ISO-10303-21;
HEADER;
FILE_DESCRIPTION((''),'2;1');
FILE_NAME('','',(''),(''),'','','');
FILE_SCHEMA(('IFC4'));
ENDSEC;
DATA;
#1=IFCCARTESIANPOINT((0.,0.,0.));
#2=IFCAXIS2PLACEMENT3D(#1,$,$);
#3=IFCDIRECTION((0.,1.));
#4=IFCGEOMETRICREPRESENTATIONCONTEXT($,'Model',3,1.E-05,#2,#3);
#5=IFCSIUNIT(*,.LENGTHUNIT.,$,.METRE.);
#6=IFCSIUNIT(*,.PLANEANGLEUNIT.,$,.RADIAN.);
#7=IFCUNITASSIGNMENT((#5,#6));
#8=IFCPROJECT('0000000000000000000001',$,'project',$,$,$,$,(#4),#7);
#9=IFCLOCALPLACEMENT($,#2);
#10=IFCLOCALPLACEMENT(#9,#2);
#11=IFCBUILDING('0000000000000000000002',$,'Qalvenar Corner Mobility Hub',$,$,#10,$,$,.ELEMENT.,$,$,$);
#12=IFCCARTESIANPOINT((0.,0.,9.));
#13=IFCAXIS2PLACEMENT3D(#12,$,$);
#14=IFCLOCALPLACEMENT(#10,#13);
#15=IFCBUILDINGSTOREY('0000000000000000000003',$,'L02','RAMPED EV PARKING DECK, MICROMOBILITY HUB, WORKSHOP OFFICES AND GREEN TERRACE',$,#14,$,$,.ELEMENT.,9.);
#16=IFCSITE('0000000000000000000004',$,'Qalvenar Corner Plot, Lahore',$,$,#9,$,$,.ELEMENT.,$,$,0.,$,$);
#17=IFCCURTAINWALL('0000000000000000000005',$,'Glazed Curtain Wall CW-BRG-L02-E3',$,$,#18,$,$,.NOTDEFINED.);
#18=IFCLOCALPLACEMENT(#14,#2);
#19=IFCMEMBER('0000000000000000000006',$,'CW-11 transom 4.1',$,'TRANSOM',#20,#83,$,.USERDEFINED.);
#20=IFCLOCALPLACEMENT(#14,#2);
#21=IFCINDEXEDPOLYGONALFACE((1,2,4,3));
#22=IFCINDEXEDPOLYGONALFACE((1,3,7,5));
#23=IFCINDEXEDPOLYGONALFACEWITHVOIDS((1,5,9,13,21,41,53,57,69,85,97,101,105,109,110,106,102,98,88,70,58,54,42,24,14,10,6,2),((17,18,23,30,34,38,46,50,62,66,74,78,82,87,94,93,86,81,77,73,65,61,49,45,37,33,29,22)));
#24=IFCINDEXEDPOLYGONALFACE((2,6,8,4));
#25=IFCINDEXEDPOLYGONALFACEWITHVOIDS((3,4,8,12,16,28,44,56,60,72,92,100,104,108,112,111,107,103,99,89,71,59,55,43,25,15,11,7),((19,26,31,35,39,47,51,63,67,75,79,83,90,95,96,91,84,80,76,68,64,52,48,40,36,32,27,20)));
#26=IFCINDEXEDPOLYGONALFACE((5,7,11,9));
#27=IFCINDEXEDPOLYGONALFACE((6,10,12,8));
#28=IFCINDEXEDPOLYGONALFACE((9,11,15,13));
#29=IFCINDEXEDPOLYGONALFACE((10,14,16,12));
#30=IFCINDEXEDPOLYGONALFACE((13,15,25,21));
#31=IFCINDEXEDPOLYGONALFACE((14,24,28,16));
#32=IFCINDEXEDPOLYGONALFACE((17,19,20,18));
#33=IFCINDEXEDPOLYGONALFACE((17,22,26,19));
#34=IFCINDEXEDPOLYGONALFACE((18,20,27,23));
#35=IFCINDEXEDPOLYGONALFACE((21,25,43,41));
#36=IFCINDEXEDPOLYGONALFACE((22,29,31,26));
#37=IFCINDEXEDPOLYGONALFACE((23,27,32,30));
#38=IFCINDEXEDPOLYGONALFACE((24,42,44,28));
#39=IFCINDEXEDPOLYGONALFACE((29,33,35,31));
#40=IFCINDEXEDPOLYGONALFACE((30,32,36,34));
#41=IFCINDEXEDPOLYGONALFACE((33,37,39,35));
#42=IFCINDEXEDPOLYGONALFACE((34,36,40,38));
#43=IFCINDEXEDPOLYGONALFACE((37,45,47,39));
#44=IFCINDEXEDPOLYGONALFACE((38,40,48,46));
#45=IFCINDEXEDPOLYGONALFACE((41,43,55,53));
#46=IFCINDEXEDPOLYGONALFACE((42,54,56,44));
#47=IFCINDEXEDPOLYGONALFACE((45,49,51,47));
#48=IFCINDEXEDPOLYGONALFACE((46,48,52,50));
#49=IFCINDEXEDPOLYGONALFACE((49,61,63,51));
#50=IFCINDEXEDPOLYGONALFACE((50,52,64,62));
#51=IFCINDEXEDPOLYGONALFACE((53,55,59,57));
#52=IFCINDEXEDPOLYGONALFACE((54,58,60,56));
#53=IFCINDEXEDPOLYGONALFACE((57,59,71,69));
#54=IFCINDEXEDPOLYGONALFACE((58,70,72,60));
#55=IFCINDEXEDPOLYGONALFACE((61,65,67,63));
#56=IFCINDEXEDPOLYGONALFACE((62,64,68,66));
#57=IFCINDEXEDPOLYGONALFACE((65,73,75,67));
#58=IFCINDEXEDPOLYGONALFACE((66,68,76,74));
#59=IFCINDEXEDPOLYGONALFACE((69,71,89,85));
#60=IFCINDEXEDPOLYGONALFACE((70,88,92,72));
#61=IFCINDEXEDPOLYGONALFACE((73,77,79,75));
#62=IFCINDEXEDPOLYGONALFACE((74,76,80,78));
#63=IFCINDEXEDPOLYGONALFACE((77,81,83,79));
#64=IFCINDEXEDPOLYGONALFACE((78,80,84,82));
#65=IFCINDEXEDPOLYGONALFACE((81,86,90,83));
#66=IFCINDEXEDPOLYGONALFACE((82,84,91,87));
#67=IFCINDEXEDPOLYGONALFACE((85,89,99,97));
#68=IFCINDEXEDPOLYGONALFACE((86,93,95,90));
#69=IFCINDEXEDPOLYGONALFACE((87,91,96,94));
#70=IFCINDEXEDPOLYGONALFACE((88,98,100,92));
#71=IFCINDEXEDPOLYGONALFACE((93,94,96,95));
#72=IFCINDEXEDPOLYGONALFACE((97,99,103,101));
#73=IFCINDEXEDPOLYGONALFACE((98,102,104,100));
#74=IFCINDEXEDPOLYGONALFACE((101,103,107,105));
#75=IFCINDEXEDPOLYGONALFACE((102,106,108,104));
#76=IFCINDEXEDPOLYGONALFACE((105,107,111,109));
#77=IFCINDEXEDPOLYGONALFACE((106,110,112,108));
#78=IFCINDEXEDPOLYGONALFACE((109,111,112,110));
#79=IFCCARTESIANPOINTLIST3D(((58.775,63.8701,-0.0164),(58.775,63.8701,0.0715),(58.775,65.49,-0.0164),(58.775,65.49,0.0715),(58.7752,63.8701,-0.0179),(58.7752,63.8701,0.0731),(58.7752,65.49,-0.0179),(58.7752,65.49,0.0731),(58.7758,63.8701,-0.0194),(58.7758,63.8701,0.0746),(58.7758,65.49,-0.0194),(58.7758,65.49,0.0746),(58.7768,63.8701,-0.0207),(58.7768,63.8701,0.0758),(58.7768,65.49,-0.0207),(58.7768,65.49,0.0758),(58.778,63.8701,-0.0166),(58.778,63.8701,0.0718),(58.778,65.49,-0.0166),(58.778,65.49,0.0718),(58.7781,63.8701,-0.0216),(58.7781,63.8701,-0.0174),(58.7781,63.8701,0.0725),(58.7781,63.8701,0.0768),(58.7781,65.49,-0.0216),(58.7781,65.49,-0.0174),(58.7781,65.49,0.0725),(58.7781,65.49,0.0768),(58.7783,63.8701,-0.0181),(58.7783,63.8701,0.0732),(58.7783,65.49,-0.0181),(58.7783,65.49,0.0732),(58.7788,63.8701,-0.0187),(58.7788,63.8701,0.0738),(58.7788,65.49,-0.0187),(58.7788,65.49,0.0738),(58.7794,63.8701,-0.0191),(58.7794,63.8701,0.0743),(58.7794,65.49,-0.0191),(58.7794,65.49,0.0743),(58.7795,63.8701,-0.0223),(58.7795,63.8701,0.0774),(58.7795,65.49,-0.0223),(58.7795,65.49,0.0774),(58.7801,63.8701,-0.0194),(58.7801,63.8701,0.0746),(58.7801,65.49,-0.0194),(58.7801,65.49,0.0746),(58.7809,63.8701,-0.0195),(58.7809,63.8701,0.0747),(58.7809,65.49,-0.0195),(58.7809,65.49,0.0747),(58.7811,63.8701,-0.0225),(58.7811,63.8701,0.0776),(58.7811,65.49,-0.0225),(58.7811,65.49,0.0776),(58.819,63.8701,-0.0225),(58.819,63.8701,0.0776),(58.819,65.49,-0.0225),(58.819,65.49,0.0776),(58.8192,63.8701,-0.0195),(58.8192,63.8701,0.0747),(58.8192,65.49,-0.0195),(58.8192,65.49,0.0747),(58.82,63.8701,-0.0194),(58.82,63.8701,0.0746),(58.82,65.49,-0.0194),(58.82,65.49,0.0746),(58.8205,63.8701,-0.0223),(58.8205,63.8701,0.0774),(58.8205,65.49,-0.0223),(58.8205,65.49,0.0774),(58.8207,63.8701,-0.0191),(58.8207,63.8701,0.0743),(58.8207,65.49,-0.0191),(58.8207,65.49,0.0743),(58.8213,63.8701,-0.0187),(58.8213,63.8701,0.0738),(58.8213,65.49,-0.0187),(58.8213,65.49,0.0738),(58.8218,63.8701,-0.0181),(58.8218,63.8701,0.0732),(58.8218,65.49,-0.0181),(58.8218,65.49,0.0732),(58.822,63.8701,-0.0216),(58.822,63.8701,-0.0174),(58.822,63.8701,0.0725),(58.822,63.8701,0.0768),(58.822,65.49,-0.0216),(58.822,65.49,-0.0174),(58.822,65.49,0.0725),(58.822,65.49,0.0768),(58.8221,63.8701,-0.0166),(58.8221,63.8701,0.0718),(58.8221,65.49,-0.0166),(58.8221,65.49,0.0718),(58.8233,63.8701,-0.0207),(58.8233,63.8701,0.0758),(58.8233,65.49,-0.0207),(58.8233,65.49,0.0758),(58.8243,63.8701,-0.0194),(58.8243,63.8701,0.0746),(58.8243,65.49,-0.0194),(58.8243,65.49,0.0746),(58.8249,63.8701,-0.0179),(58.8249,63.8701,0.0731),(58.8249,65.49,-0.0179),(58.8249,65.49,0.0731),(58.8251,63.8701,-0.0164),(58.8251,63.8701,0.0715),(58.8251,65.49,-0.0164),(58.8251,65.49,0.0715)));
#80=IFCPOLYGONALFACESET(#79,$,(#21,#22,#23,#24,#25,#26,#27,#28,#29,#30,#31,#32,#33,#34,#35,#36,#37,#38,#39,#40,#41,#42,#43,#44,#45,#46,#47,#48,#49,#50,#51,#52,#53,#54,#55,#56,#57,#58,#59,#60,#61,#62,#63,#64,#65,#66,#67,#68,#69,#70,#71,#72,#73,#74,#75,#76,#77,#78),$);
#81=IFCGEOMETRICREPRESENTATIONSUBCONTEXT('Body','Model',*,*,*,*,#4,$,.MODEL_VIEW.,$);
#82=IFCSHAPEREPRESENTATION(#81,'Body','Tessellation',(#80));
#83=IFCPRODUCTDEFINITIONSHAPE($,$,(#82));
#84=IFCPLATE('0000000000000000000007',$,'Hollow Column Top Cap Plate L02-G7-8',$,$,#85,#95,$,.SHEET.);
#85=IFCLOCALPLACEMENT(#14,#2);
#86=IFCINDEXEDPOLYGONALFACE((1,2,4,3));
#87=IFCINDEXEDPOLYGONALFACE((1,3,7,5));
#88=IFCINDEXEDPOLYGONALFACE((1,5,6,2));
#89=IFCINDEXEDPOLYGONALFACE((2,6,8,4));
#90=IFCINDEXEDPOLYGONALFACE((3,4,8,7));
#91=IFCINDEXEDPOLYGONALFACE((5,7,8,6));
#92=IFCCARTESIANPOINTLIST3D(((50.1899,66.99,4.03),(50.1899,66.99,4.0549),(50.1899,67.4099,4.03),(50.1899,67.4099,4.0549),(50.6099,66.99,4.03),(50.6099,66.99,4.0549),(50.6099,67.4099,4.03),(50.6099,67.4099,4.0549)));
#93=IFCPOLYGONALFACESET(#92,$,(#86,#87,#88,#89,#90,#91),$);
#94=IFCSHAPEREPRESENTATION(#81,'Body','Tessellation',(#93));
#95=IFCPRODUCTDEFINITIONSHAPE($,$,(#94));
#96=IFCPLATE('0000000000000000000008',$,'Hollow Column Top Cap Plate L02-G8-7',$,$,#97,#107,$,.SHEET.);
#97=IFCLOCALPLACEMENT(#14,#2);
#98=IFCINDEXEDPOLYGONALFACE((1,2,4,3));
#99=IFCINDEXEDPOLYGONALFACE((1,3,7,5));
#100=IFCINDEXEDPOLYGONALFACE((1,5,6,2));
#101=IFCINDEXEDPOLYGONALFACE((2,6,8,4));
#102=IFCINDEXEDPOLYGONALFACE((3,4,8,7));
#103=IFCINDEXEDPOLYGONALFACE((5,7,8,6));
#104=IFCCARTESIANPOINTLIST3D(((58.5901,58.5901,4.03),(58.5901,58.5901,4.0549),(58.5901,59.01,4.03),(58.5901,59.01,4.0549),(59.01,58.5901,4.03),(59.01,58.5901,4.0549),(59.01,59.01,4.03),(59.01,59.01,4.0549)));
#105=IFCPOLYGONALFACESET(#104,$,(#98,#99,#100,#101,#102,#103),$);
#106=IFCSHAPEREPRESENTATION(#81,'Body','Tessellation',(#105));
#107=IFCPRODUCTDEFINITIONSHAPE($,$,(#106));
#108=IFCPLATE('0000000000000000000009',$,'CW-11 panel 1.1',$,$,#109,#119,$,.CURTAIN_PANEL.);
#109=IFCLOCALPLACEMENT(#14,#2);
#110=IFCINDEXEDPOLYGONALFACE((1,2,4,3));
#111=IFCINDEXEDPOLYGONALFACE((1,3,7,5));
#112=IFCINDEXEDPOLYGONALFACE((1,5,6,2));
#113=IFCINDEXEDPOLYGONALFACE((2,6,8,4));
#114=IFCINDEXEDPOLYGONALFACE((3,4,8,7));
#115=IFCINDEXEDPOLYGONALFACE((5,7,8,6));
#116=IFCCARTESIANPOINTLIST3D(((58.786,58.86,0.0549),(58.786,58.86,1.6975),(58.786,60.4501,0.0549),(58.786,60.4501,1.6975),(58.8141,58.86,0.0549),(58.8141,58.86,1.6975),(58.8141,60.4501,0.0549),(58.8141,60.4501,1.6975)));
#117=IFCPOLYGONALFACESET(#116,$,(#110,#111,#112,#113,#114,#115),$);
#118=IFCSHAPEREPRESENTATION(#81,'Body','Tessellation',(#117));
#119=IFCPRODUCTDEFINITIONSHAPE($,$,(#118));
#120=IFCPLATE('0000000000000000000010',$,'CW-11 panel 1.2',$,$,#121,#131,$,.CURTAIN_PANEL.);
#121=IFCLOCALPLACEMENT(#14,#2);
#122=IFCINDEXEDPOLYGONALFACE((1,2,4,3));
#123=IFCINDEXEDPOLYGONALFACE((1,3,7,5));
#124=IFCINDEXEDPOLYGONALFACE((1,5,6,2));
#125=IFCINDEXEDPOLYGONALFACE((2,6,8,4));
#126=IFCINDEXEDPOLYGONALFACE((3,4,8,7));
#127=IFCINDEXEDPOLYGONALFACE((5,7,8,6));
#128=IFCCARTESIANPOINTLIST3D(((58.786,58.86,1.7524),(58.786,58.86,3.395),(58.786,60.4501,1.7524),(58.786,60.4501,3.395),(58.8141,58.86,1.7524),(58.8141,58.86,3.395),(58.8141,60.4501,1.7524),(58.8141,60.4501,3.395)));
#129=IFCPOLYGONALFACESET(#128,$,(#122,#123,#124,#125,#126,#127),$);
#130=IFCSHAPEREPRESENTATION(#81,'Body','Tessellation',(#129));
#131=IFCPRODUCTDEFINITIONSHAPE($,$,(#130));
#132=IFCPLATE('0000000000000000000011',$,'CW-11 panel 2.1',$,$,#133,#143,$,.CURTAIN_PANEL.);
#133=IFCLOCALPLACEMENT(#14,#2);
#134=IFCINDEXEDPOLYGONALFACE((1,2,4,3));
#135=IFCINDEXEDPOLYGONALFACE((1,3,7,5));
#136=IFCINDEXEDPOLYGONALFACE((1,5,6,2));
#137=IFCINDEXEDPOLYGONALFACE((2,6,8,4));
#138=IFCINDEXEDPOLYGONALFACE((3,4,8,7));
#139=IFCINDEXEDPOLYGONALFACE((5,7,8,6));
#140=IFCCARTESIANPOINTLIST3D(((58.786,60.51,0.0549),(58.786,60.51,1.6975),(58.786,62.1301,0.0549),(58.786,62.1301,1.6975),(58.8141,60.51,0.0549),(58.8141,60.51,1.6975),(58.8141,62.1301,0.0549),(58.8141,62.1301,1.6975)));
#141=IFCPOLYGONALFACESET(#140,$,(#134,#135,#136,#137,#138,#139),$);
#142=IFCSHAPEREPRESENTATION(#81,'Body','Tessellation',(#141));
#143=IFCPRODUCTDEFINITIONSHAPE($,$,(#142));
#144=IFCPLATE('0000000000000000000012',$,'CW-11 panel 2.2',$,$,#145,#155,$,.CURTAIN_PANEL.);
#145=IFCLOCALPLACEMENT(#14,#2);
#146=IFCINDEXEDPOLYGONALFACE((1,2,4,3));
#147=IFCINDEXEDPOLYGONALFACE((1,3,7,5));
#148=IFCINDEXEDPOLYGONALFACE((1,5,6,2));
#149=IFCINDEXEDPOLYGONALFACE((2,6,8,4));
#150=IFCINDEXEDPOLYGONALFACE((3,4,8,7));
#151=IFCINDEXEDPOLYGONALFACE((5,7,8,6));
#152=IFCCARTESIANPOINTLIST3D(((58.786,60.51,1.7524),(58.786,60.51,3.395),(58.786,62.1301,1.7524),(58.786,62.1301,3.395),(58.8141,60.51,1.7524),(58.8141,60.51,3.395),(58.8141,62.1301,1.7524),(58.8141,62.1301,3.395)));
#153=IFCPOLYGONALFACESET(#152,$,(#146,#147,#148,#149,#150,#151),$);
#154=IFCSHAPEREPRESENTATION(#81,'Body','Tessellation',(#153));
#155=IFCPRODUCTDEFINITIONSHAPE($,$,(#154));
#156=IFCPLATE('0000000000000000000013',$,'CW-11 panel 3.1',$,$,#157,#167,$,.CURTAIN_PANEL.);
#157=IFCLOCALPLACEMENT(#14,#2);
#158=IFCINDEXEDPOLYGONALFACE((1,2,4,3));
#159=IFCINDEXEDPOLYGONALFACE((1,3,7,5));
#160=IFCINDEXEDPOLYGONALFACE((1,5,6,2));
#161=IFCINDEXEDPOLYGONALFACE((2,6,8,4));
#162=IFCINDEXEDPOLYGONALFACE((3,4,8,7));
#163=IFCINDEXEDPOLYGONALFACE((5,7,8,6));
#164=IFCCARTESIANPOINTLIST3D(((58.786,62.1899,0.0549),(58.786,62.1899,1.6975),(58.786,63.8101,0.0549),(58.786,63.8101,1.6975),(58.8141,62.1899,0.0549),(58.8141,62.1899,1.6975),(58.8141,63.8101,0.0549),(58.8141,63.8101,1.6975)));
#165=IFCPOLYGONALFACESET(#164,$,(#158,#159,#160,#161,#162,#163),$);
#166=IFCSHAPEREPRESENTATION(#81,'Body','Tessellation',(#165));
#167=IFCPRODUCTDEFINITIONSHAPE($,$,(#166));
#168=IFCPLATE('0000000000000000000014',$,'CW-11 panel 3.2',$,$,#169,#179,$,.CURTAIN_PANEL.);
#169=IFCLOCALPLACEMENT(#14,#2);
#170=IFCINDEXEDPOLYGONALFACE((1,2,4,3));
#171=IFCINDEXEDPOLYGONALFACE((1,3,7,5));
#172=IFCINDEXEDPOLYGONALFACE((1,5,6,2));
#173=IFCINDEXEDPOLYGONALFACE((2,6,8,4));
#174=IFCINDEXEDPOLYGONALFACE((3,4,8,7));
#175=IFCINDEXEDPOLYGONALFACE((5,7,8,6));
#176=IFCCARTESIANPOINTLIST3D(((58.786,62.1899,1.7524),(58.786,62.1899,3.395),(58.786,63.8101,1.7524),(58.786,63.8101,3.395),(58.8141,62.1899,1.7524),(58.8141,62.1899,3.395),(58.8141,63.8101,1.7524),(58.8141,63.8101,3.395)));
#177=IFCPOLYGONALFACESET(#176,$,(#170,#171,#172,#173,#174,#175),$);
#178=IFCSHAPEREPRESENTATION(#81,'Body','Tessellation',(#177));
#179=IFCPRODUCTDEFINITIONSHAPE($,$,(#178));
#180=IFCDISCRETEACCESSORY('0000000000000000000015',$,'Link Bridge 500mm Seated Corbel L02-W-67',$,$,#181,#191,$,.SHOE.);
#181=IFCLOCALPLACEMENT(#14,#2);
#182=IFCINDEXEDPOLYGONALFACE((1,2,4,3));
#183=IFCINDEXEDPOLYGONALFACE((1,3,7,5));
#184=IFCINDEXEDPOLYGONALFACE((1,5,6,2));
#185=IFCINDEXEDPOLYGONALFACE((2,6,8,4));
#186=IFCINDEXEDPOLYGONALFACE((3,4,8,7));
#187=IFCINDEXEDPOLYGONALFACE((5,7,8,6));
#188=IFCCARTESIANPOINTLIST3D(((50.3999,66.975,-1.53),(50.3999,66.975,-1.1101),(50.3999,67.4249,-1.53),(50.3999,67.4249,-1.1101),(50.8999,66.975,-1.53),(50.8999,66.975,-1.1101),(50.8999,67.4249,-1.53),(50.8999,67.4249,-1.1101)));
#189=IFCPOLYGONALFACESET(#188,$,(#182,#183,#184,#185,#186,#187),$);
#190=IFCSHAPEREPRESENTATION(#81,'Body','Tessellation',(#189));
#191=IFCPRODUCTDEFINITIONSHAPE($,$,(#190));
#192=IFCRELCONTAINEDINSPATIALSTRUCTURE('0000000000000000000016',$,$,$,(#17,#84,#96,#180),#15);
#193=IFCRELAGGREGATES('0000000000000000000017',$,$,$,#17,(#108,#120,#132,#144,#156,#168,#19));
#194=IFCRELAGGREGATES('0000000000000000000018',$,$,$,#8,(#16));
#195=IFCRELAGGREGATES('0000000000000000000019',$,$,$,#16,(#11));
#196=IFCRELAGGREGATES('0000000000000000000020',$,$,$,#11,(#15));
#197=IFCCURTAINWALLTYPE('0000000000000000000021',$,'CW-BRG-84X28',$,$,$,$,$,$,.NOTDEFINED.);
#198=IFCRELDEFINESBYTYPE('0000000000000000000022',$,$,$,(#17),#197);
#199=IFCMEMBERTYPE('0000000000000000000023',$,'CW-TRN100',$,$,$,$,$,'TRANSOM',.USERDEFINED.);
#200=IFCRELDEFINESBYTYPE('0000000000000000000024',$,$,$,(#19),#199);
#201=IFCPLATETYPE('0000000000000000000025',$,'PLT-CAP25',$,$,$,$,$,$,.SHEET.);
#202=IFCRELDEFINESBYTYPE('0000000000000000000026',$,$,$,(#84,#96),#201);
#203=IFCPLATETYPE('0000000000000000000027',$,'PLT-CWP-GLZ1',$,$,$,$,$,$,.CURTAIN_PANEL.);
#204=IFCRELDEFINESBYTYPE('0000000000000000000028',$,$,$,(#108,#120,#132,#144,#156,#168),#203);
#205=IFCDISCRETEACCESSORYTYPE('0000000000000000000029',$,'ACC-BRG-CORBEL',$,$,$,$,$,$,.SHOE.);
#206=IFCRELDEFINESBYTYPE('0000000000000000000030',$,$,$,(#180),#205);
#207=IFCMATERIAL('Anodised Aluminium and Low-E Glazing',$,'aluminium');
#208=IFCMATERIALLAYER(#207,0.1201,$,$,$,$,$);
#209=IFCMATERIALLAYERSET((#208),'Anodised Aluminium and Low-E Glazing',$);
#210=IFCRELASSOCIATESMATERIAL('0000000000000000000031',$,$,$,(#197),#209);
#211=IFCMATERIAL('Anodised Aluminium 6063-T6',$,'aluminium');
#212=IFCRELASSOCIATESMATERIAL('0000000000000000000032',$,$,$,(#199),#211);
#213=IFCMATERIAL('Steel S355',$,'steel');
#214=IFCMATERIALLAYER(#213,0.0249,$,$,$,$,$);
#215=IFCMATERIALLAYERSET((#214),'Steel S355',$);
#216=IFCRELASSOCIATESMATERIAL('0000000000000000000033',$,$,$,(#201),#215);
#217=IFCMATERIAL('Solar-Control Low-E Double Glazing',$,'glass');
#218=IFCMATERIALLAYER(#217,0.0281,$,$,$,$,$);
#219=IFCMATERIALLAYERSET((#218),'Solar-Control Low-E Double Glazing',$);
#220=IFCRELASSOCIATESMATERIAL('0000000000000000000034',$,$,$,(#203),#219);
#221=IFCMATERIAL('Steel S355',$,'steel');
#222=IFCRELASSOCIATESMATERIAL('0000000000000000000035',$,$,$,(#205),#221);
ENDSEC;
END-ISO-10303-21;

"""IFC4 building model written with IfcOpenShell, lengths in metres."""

from ifc_helpers import new_model, si_unit, direction, frame, origin, origin_2d, place, context, subcontext, project, spatial, rectangle, hollow_rectangle, extrude, material, layer, layer_set, material_profile, profile_set, type_object, element, aggregate, save


model = new_model("IFC4")

# Units and contexts
model_context = context("Model", 3, precision=1e-05, world=origin(), true_north=direction((0.0, 1.0)))
body_context = subcontext(model_context, "Body", "Model", "MODEL_VIEW")
ifc_project = project(units=[si_unit("LENGTHUNIT", "METRE"), si_unit("PLANEANGLEUNIT", "RADIAN")], contexts=[model_context])

# Site, building, storey
site_placement = place(None, origin())
site = spatial("IfcSite", under=ifc_project, at=site_placement, Name="Qalvenar Corner Plot, Lahore", CompositionType="ELEMENT", RefElevation=0.0)
building_placement = place(site_placement, origin())
building = spatial("IfcBuilding", under=site, at=building_placement, Name="Qalvenar Corner Mobility Hub", CompositionType="ELEMENT")
storey_placement = place(building_placement, frame((0.0, 0.0, 9.0)))
storey = spatial("IfcBuildingStorey", under=building, at=storey_placement, Name="L02", Description="RAMPED EV PARKING DECK, MICROMOBILITY HUB, WORKSHOP OFFICES AND GREEN TERRACE", CompositionType="ELEMENT", Elevation=9.0)

# Shared definitions
ifc_material_1 = material(Name="Steel S355", Category="steel")

# Curtain wall, member
ifc_material_2 = material(Name="Anodised Aluminium and Low-E Glazing", Category="aluminium")
ifc_layer_1 = layer(ifc_material_2, 0.1201)
ifc_layer_set_1 = layer_set([ifc_layer_1], Name="Anodised Aluminium and Low-E Glazing")
curtain_wall_type = type_object("IfcCurtainWallType", Name="CW-BRG-84X28", PredefinedType="NOTDEFINED", material=ifc_layer_set_1)
curtain_wall_placement = place(storey_placement, origin())
curtain_wall = element("IfcCurtainWall", 1, at=curtain_wall_placement, inside=storey, type_object=curtain_wall_type, Name="Glazed Curtain Wall CW-BRG-L02-E3", PredefinedType="NOTDEFINED")
ifc_material_3 = material(Name="Anodised Aluminium 6063-T6", Category="aluminium")
ifc_material_profile_1 = material_profile(ifc_material_3, hollow_rectangle(XDim=0.05, YDim=0.1001, WallThickness=0.0029, InnerFilletRadius=0.0029, OuterFilletRadius=0.0061, at=origin_2d()), Name="RHS100x50x3")
ifc_profile_set_1 = profile_set([ifc_material_profile_1], Name="Anodised Aluminium 6063-T6")
member_type_1 = type_object("IfcMemberType", Name="CW-TRN100", ElementType="TRANSOM", PredefinedType="USERDEFINED", material=ifc_profile_set_1)
member_1_placement = place(storey_placement, frame((58.8, 63.8701, 0.0276), z_axis=(0.0, 1.0, 0.0), x_axis=(-1.0, 0.0, 0.0)))
member_1 = element("IfcMember", 2, at=member_1_placement, type_object=member_type_1, Name="CW-11 transom 4.1", ObjectType="TRANSOM", PredefinedType="USERDEFINED", context=body_context, shape_type="SweptSolid", body=[
    extrude(hollow_rectangle(XDim=0.05, YDim=0.1001, WallThickness=0.0029, InnerFilletRadius=0.0029, OuterFilletRadius=0.0061, at=origin_2d()), origin(), (0.0, 0.0, 1.0), 1.6199),
])

# Plates
ifc_material_4 = material(Name="Steel S355", Category="steel")
ifc_layer_2 = layer(ifc_material_4, 0.0249)
ifc_layer_set_2 = layer_set([ifc_layer_2], Name="Steel S355")
plate_type_1 = type_object("IfcPlateType", Name="PLT-CAP25", PredefinedType="SHEET", material=ifc_layer_set_2)
for number, where, z_axis, x_axis, name in (
    (3, (50.3999, 67.2, 4.03), (0.0, 0.0, 1.0), (1.0, 0.0, 0.0), "Hollow Column Top Cap Plate L02-G7-8"),
    (4, (58.8, 58.8, 4.03), (0.0, 0.0, 1.0), (1.0, 0.0, 0.0), "Hollow Column Top Cap Plate L02-G8-7"),
):
    element("IfcPlate", number, at=place(storey_placement, frame(where, z_axis=z_axis, x_axis=x_axis)), inside=storey, type_object=plate_type_1, Name=name, PredefinedType="SHEET", context=body_context, shape_type="SweptSolid", body=[
        extrude(rectangle(XDim=0.4199, YDim=0.4199, at=origin_2d()), origin(), (0.0, 0.0, 1.0), 0.0249),
    ])

# Plates
ifc_material_5 = material(Name="Solar-Control Low-E Double Glazing", Category="glass")
ifc_layer_3 = layer(ifc_material_5, 0.0281)
ifc_layer_set_3 = layer_set([ifc_layer_3], Name="Solar-Control Low-E Double Glazing")
plate_type_2 = type_object("IfcPlateType", Name="PLT-CWP-GLZ1", PredefinedType="CURTAIN_PANEL", material=ifc_layer_set_3)
plate_1_placement = place(storey_placement, frame((58.8, 59.655, 0.0549), z_axis=(0.0, 0.0, 1.0), x_axis=(0.0, 1.0, 0.0)))
plate_1 = element("IfcPlate", 5, at=plate_1_placement, type_object=plate_type_2, Name="CW-11 panel 1.1", PredefinedType="CURTAIN_PANEL", context=body_context, shape_type="SweptSolid", body=[
    extrude(rectangle(XDim=1.5901, YDim=0.0281, at=origin_2d()), origin(), (0.0, 0.0, 1.0), 1.6426),
])
plate_2_placement = place(storey_placement, frame((58.8, 59.655, 1.7524), z_axis=(0.0, 0.0, 1.0), x_axis=(0.0, 1.0, 0.0)))
plate_2 = element("IfcPlate", 6, at=plate_2_placement, type_object=plate_type_2, Name="CW-11 panel 1.2", PredefinedType="CURTAIN_PANEL", context=body_context, shape_type="SweptSolid", body=[
    extrude(rectangle(XDim=1.5901, YDim=0.0281, at=origin_2d()), origin(), (0.0, 0.0, 1.0), 1.6426),
])
plate_3_placement = place(storey_placement, frame((58.8, 61.3201, 0.0549), z_axis=(0.0, 0.0, 1.0), x_axis=(0.0, 1.0, 0.0)))
plate_3 = element("IfcPlate", 7, at=plate_3_placement, type_object=plate_type_2, Name="CW-11 panel 2.1", PredefinedType="CURTAIN_PANEL", context=body_context, shape_type="SweptSolid", body=[
    extrude(rectangle(XDim=1.6201, YDim=0.0281, at=origin_2d()), origin(), (0.0, 0.0, 1.0), 1.6426),
])
plate_4_placement = place(storey_placement, frame((58.8, 61.3201, 1.7524), z_axis=(0.0, 0.0, 1.0), x_axis=(0.0, 1.0, 0.0)))
plate_4 = element("IfcPlate", 8, at=plate_4_placement, type_object=plate_type_2, Name="CW-11 panel 2.2", PredefinedType="CURTAIN_PANEL", context=body_context, shape_type="SweptSolid", body=[
    extrude(rectangle(XDim=1.6201, YDim=0.0281, at=origin_2d()), origin(), (0.0, 0.0, 1.0), 1.6426),
])
plate_5_placement = place(storey_placement, frame((58.8, 63.0, 0.0549), z_axis=(0.0, 0.0, 1.0), x_axis=(0.0, 1.0, 0.0)))
plate_5 = element("IfcPlate", 9, at=plate_5_placement, type_object=plate_type_2, Name="CW-11 panel 3.1", PredefinedType="CURTAIN_PANEL", context=body_context, shape_type="SweptSolid", body=[
    extrude(rectangle(XDim=1.6201, YDim=0.0281, at=origin_2d()), origin(), (0.0, 0.0, 1.0), 1.6426),
])
plate_6_placement = place(storey_placement, frame((58.8, 63.0, 1.7524), z_axis=(0.0, 0.0, 1.0), x_axis=(0.0, 1.0, 0.0)))
plate_6 = element("IfcPlate", 10, at=plate_6_placement, type_object=plate_type_2, Name="CW-11 panel 3.2", PredefinedType="CURTAIN_PANEL", context=body_context, shape_type="SweptSolid", body=[
    extrude(rectangle(XDim=1.6201, YDim=0.0281, at=origin_2d()), origin(), (0.0, 0.0, 1.0), 1.6426),
])
aggregate(curtain_wall, [plate_1, plate_2, plate_3, plate_4, plate_5, plate_6, member_1])

# Discrete accessory
discrete_accessory_type_1 = type_object("IfcDiscreteAccessoryType", Name="ACC-BRG-CORBEL", PredefinedType="SHOE", material=ifc_material_1)
for number, where, z_axis, x_axis, name in (
    (11, (50.6499, 67.2, -1.53), (0.0, 0.0, 1.0), (1.0, 0.0, 0.0), "Link Bridge 500mm Seated Corbel L02-W-67"),
):
    element("IfcDiscreteAccessory", number, at=place(storey_placement, frame(where, z_axis=z_axis, x_axis=x_axis)), inside=storey, type_object=discrete_accessory_type_1, Name=name, PredefinedType="SHOE", context=body_context, shape_type="SweptSolid", body=[
        extrude(rectangle(XDim=0.5, YDim=0.45, at=origin_2d()), origin(), (0.0, 0.0, 1.0), 0.4199),
    ])

save(model, "model.ifc")
